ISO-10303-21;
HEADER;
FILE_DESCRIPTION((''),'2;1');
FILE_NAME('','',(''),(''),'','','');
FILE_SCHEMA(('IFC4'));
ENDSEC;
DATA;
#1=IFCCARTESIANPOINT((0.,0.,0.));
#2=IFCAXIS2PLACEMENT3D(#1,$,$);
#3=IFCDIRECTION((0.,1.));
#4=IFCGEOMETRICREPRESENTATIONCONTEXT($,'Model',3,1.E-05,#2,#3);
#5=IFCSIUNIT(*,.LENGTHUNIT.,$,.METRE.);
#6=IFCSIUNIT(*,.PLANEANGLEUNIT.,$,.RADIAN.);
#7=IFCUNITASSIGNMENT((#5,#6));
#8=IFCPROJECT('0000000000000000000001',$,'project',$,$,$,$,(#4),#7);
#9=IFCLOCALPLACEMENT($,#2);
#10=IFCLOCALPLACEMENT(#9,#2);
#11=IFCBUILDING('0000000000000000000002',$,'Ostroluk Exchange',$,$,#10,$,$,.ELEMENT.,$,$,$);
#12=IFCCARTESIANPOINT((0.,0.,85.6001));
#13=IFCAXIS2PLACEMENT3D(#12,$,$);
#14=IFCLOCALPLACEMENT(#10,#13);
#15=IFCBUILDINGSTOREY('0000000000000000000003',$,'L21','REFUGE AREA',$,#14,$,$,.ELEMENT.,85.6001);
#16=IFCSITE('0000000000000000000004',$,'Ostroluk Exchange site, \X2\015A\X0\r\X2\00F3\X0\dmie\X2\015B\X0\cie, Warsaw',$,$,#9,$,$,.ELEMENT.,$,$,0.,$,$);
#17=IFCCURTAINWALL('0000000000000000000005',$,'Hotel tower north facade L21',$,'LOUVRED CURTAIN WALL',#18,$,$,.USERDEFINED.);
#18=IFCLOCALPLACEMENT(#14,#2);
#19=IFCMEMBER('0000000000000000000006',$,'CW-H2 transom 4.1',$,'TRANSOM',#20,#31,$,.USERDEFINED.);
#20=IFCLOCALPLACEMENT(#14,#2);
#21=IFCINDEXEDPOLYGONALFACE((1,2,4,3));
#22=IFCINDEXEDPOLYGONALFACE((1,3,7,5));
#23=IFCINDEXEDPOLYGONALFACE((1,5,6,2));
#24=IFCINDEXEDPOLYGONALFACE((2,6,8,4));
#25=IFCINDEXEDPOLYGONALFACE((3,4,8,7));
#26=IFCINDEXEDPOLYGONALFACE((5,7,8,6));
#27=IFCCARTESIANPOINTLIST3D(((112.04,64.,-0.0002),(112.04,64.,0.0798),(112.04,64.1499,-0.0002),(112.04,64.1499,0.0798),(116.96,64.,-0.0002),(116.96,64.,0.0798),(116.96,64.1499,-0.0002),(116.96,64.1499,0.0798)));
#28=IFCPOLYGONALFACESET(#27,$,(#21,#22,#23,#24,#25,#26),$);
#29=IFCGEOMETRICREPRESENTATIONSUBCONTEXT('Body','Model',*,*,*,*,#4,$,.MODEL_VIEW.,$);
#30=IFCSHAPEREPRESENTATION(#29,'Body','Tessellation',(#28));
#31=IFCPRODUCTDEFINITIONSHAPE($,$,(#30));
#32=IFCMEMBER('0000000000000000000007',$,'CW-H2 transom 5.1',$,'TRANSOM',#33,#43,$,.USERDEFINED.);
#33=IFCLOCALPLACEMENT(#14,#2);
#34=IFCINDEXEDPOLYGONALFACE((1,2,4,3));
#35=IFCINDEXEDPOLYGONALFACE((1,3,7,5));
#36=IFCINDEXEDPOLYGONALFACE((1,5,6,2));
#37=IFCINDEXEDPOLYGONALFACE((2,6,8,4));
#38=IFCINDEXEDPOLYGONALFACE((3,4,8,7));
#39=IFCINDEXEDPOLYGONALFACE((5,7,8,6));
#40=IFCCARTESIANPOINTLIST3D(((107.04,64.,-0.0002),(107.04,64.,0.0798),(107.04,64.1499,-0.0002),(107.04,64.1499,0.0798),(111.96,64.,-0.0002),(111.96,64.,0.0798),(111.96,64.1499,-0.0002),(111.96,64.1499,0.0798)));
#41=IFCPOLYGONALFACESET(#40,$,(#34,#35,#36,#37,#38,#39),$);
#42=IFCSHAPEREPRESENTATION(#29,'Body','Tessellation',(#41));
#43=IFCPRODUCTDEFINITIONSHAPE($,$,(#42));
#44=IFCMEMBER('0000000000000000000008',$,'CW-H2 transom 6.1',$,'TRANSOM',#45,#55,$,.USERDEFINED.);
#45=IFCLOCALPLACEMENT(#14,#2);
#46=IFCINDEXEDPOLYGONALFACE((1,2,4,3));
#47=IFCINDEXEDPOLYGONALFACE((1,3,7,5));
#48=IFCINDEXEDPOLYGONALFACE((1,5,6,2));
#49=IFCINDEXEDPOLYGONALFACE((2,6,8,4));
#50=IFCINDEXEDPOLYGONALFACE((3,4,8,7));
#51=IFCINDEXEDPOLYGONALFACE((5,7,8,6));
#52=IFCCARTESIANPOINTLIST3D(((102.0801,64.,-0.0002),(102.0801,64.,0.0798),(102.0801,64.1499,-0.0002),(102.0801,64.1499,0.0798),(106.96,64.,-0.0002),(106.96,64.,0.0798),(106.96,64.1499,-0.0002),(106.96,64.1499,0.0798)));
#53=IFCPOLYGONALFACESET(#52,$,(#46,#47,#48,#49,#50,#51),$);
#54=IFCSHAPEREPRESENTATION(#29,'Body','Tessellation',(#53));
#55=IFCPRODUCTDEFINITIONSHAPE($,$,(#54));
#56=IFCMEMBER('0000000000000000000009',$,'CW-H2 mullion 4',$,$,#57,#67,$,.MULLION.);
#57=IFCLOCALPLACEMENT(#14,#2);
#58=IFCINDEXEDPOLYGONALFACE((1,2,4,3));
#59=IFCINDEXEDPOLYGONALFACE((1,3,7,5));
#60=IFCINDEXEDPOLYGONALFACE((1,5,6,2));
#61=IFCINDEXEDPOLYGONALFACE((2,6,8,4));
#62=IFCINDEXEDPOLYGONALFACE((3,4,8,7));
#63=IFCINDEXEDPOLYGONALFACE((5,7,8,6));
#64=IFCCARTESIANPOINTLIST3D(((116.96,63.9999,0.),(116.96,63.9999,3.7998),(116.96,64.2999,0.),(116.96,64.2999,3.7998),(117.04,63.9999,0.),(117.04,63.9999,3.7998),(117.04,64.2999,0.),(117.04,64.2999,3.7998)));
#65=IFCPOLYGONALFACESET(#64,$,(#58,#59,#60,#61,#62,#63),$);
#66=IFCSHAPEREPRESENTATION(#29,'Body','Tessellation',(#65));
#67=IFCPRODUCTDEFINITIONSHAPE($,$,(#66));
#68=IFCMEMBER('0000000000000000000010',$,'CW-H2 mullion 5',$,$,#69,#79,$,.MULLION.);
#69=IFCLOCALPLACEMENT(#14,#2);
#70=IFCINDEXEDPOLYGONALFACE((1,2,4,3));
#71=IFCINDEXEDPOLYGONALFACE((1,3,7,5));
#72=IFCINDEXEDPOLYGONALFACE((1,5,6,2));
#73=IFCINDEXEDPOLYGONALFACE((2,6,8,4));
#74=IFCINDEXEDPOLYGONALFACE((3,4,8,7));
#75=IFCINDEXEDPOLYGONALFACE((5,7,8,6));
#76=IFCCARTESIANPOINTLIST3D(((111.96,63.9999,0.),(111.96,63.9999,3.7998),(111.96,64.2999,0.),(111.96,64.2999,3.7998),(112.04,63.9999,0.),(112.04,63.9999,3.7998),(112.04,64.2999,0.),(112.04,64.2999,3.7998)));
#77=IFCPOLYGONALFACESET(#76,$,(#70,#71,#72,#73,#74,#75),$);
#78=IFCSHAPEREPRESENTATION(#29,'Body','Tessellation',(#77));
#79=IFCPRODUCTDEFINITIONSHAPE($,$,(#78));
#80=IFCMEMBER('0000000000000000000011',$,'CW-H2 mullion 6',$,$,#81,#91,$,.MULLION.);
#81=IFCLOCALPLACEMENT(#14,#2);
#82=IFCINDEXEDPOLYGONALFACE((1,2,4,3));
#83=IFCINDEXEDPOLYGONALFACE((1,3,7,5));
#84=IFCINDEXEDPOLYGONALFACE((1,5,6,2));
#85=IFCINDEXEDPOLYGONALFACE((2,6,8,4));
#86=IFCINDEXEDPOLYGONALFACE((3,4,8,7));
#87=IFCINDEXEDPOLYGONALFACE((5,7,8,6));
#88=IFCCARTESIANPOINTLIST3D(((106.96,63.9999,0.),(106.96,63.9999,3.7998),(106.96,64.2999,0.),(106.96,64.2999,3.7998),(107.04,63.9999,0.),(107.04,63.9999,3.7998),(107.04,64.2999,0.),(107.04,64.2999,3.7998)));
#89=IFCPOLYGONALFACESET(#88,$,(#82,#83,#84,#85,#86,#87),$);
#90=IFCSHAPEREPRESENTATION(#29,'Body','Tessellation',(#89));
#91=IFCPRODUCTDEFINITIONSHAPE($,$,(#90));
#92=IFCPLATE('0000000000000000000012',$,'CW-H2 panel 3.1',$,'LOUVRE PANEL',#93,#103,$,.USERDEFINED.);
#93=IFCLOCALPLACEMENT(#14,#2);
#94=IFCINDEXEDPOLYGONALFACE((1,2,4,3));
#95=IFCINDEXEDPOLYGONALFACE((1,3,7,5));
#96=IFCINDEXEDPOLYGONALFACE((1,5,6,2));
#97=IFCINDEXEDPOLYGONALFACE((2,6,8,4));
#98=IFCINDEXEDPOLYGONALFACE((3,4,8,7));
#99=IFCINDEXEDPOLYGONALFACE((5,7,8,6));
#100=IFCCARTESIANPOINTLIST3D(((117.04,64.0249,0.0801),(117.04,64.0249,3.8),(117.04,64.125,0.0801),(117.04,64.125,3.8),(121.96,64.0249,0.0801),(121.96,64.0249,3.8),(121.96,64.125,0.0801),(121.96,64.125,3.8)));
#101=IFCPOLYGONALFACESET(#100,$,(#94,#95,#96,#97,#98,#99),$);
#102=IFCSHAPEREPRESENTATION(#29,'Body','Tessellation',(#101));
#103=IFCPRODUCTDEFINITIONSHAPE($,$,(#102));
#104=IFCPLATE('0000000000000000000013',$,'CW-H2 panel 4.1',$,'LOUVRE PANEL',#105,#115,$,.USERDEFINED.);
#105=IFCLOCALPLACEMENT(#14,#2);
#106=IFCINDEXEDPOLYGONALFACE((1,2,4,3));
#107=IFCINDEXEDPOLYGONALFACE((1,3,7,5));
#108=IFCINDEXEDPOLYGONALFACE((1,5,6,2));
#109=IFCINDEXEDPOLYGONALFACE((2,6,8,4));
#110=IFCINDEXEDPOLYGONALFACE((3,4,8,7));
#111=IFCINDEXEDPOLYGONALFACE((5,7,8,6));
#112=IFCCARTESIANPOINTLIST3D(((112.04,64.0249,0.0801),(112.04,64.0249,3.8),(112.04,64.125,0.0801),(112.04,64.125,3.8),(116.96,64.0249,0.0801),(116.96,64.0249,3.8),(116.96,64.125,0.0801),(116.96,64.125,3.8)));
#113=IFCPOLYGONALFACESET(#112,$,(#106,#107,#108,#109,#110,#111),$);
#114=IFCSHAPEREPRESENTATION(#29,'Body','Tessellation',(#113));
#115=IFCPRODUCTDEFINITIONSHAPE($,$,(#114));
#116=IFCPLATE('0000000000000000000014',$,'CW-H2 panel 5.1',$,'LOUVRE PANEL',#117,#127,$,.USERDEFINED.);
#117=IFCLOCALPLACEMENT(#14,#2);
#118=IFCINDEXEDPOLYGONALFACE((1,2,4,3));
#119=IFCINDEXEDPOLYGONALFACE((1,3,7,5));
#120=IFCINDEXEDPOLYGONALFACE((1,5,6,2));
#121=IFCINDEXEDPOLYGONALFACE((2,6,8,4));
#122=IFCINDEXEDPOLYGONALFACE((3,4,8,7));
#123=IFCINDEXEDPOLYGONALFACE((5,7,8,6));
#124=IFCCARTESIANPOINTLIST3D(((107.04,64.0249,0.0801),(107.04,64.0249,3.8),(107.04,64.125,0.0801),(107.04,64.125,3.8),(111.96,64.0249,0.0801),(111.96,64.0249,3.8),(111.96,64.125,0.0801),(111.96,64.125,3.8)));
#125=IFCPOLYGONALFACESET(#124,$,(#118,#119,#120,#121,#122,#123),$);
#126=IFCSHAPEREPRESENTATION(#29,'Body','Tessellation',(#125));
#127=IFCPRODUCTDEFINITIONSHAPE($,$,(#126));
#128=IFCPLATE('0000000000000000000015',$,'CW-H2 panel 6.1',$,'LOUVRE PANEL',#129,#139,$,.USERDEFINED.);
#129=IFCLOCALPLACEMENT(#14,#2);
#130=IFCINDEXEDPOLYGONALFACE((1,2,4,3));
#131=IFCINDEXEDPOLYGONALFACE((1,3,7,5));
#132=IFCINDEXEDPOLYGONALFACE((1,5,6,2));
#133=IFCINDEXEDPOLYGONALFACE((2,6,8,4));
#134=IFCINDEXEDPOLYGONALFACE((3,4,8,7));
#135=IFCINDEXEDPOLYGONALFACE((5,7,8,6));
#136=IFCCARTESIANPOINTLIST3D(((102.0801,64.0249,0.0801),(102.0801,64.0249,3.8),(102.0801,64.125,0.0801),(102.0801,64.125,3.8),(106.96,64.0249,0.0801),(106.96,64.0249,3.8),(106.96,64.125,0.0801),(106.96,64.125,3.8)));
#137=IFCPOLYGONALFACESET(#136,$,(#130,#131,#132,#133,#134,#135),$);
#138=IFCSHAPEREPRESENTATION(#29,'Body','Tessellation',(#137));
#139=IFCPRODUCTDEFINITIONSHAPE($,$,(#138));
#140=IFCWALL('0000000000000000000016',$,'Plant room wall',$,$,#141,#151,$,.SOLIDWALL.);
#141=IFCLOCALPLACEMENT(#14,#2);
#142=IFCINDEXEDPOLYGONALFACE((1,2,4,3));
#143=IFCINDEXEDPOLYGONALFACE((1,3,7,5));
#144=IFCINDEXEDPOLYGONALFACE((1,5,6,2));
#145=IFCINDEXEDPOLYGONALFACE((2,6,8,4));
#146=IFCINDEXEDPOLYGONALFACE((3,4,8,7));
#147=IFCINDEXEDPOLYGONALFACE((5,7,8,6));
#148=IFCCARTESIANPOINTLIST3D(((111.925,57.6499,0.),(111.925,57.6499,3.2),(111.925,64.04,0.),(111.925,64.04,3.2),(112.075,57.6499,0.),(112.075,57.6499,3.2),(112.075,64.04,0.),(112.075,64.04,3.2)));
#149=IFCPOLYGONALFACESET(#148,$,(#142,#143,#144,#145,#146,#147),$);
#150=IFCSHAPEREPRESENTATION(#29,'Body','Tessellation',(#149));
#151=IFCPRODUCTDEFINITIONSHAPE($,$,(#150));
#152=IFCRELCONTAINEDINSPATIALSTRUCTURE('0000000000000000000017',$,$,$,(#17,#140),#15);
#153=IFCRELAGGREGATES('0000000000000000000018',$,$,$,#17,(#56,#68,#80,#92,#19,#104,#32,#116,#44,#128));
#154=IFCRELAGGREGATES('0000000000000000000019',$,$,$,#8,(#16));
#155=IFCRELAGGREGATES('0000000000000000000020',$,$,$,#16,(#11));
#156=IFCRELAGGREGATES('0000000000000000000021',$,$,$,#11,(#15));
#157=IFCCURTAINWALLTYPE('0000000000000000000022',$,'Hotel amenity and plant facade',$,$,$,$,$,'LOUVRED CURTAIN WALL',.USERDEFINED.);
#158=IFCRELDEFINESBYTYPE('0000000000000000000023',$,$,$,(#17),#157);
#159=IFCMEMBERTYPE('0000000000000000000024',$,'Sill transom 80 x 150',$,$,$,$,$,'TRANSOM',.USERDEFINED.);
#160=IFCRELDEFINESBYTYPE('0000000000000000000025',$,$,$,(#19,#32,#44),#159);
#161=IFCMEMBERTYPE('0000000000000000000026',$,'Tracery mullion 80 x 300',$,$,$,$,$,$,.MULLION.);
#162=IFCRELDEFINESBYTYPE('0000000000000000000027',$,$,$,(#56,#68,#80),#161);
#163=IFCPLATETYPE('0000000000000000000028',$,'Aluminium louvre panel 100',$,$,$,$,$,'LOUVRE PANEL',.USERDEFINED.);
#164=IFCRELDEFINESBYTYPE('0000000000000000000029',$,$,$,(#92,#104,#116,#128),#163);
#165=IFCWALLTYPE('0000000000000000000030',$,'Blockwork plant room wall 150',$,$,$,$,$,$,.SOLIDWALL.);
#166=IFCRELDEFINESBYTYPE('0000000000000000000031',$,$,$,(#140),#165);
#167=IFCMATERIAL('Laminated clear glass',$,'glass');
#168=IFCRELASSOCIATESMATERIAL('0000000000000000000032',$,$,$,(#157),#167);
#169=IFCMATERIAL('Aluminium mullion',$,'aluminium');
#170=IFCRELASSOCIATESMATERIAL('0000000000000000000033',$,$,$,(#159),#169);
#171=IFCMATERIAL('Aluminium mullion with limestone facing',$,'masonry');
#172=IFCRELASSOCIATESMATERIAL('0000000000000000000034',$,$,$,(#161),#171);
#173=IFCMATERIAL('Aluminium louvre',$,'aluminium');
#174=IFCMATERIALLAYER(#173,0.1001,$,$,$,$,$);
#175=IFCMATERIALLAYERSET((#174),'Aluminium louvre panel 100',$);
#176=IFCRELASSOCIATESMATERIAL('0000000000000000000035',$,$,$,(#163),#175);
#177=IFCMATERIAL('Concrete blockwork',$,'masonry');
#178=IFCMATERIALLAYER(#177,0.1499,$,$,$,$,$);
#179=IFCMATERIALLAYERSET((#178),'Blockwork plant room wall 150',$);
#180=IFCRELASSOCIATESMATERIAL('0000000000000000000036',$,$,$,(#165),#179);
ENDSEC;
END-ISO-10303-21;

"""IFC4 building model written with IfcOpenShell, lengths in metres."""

from ifc_helpers import new_model, si_unit, direction, frame, frame_2d, origin, origin_2d, place, context, subcontext, project, spatial, rectangle, extrude, material, layer, layer_set, material_profile, profile_set, type_object, element, aggregate, save


model = new_model("IFC4")

# Units and contexts
model_context = context("Model", 3, precision=1e-05, world=origin(), true_north=direction((0.0, 1.0)))
body_context = subcontext(model_context, "Body", "Model", "MODEL_VIEW")
ifc_project = project(units=[si_unit("LENGTHUNIT", "METRE"), si_unit("PLANEANGLEUNIT", "RADIAN")], contexts=[model_context])

# Site, building, storey
site_placement = place(None, origin())
site = spatial("IfcSite", under=ifc_project, at=site_placement, Name="Ostroluk Exchange site, Śródmieście, Warsaw", CompositionType="ELEMENT", RefElevation=0.0)
building_placement = place(site_placement, origin())
building = spatial("IfcBuilding", under=site, at=building_placement, Name="Ostroluk Exchange", CompositionType="ELEMENT")
storey_placement = place(building_placement, frame((0.0, 0.0, 85.6001)))
storey = spatial("IfcBuildingStorey", under=building, at=storey_placement, Name="L21", Description="REFUGE AREA", CompositionType="ELEMENT", Elevation=85.6001)

# Curtain wall, members, plates
ifc_material_1 = material(Name="Laminated clear glass", Category="glass")
curtain_wall_type = type_object("IfcCurtainWallType", Name="Hotel amenity and plant facade", ElementType="LOUVRED CURTAIN WALL", PredefinedType="USERDEFINED", material=ifc_material_1)
curtain_wall_placement = place(storey_placement, origin())
curtain_wall = element("IfcCurtainWall", 1, at=curtain_wall_placement, inside=storey, type_object=curtain_wall_type, Name="Hotel tower north facade L21", ObjectType="LOUVRED CURTAIN WALL", PredefinedType="USERDEFINED")
ifc_material_2 = material(Name="Aluminium mullion", Category="aluminium")
ifc_material_profile_1 = material_profile(ifc_material_2, rectangle(XDim=0.1499, YDim=0.0801, at=origin_2d()), Name="Sill transom 80 x 150")
ifc_profile_set_1 = profile_set([ifc_material_profile_1], Name="Aluminium mullion")
member_type_1 = type_object("IfcMemberType", Name="Sill transom 80 x 150", ElementType="TRANSOM", PredefinedType="USERDEFINED", material=ifc_profile_set_1)
member_1_placement = place(storey_placement, frame((116.96, 64.075, 0.0398), z_axis=(-1.0, 0.0, 0.0), x_axis=(0.0, -1.0, 0.0)))
member_1 = element("IfcMember", 2, at=member_1_placement, type_object=member_type_1, Name="CW-H2 transom 4.1", ObjectType="TRANSOM", PredefinedType="USERDEFINED", context=body_context, shape_type="SweptSolid", body=[
    extrude(rectangle(XDim=0.1499, YDim=0.0801, at=origin_2d()), origin(), (0.0, 0.0, 1.0), 4.9199),
])
member_2_placement = place(storey_placement, frame((111.96, 64.075, 0.0398), z_axis=(-1.0, 0.0, 0.0), x_axis=(0.0, -1.0, 0.0)))
member_2 = element("IfcMember", 3, at=member_2_placement, type_object=member_type_1, Name="CW-H2 transom 5.1", ObjectType="TRANSOM", PredefinedType="USERDEFINED", context=body_context, shape_type="SweptSolid", body=[
    extrude(rectangle(XDim=0.1499, YDim=0.0801, at=origin_2d()), origin(), (0.0, 0.0, 1.0), 4.9199),
])
member_3_placement = place(storey_placement, frame((106.96, 64.075, 0.0398), z_axis=(-1.0, 0.0, 0.0), x_axis=(0.0, -1.0, 0.0)))
member_3 = element("IfcMember", 4, at=member_3_placement, type_object=member_type_1, Name="CW-H2 transom 6.1", ObjectType="TRANSOM", PredefinedType="USERDEFINED", context=body_context, shape_type="SweptSolid", body=[
    extrude(rectangle(XDim=0.1499, YDim=0.0801, at=origin_2d()), origin(), (0.0, 0.0, 1.0), 4.8799),
])
ifc_material_3 = material(Name="Aluminium mullion with limestone facing", Category="masonry")
ifc_material_profile_2 = material_profile(ifc_material_3, rectangle(XDim=0.3, YDim=0.0801, at=origin_2d()), Name="Tracery mullion 80 x 300")
ifc_profile_set_2 = profile_set([ifc_material_profile_2], Name="Aluminium mullion with limestone facing")
member_type_2 = type_object("IfcMemberType", Name="Tracery mullion 80 x 300", PredefinedType="MULLION", material=ifc_profile_set_2)
member_4_placement = place(storey_placement, frame((117.0, 64.1499, 0.0), z_axis=(0.0, 0.0, 1.0), x_axis=(0.0, -1.0, 0.0)))
member_4 = element("IfcMember", 5, at=member_4_placement, type_object=member_type_2, Name="CW-H2 mullion 4", PredefinedType="MULLION", context=body_context, shape_type="SweptSolid", body=[
    extrude(rectangle(XDim=0.3, YDim=0.0801, at=origin_2d()), origin(), (0.0, 0.0, 1.0), 3.7998),
])
member_5_placement = place(storey_placement, frame((112.0, 64.1499, 0.0), z_axis=(0.0, 0.0, 1.0), x_axis=(0.0, -1.0, 0.0)))
member_5 = element("IfcMember", 6, at=member_5_placement, type_object=member_type_2, Name="CW-H2 mullion 5", PredefinedType="MULLION", context=body_context, shape_type="SweptSolid", body=[
    extrude(rectangle(XDim=0.3, YDim=0.0801, at=origin_2d()), origin(), (0.0, 0.0, 1.0), 3.7998),
])
member_6_placement = place(storey_placement, frame((107.0, 64.1499, 0.0), z_axis=(0.0, 0.0, 1.0), x_axis=(0.0, -1.0, 0.0)))
member_6 = element("IfcMember", 7, at=member_6_placement, type_object=member_type_2, Name="CW-H2 mullion 6", PredefinedType="MULLION", context=body_context, shape_type="SweptSolid", body=[
    extrude(rectangle(XDim=0.3, YDim=0.0801, at=origin_2d()), origin(), (0.0, 0.0, 1.0), 3.7998),
])
ifc_material_4 = material(Name="Aluminium louvre", Category="aluminium")
ifc_layer_1 = layer(ifc_material_4, 0.1001)
ifc_layer_set_1 = layer_set([ifc_layer_1], Name="Aluminium louvre panel 100")
plate_type = type_object("IfcPlateType", Name="Aluminium louvre panel 100", ElementType="LOUVRE PANEL", PredefinedType="USERDEFINED", material=ifc_layer_set_1)
plate_1_placement = place(storey_placement, frame((119.5, 64.075, 0.0801), z_axis=(0.0, 0.0, 1.0), x_axis=(-1.0, 0.0, 0.0)))
plate_1 = element("IfcPlate", 8, at=plate_1_placement, type_object=plate_type, Name="CW-H2 panel 3.1", ObjectType="LOUVRE PANEL", PredefinedType="USERDEFINED", context=body_context, shape_type="SweptSolid", body=[
    extrude(rectangle(XDim=4.9199, YDim=0.1001, at=origin_2d()), origin(), (0.0, 0.0, 1.0), 3.72),
])
plate_2_placement = place(storey_placement, frame((114.5, 64.075, 0.0801), z_axis=(0.0, 0.0, 1.0), x_axis=(-1.0, 0.0, 0.0)))
plate_2 = element("IfcPlate", 9, at=plate_2_placement, type_object=plate_type, Name="CW-H2 panel 4.1", ObjectType="LOUVRE PANEL", PredefinedType="USERDEFINED", context=body_context, shape_type="SweptSolid", body=[
    extrude(rectangle(XDim=4.9199, YDim=0.1001, at=origin_2d()), origin(), (0.0, 0.0, 1.0), 3.72),
])
plate_3_placement = place(storey_placement, frame((109.5, 64.075, 0.0801), z_axis=(0.0, 0.0, 1.0), x_axis=(-1.0, 0.0, 0.0)))
plate_3 = element("IfcPlate", 10, at=plate_3_placement, type_object=plate_type, Name="CW-H2 panel 5.1", ObjectType="LOUVRE PANEL", PredefinedType="USERDEFINED", context=body_context, shape_type="SweptSolid", body=[
    extrude(rectangle(XDim=4.9199, YDim=0.1001, at=origin_2d()), origin(), (0.0, 0.0, 1.0), 3.72),
])
plate_4_placement = place(storey_placement, frame((104.52, 64.075, 0.0801), z_axis=(0.0, 0.0, 1.0), x_axis=(-1.0, 0.0, 0.0)))
plate_4 = element("IfcPlate", 11, at=plate_4_placement, type_object=plate_type, Name="CW-H2 panel 6.1", ObjectType="LOUVRE PANEL", PredefinedType="USERDEFINED", context=body_context, shape_type="SweptSolid", body=[
    extrude(rectangle(XDim=4.8799, YDim=0.1001, at=origin_2d()), origin(), (0.0, 0.0, 1.0), 3.72),
])
aggregate(curtain_wall, [member_4, member_5, member_6, plate_1, member_1, plate_2, member_2, plate_3, member_3, plate_4])

# Wall
ifc_material_5 = material(Name="Concrete blockwork", Category="masonry")
ifc_layer_2 = layer(ifc_material_5, 0.1499)
ifc_layer_set_2 = layer_set([ifc_layer_2], Name="Blockwork plant room wall 150")
wall_type = type_object("IfcWallType", Name="Blockwork plant room wall 150", PredefinedType="SOLIDWALL", material=ifc_layer_set_2)
wall_1_placement = place(storey_placement, frame((112.0, 57.6499, 0.0), z_axis=(0.0, 0.0, 1.0), x_axis=(0.0, 1.0, 0.0)))
element("IfcWall", 12, at=wall_1_placement, inside=storey, type_object=wall_type, Name="Plant room wall", PredefinedType="SOLIDWALL", context=body_context, shape_type="SweptSolid", body=[
    extrude(rectangle(XDim=6.3901, YDim=0.1499, at=frame_2d((3.1951, 0.0))), origin(), (0.0, 0.0, 1.0), 3.2),
])

save(model, "model.ifc")
